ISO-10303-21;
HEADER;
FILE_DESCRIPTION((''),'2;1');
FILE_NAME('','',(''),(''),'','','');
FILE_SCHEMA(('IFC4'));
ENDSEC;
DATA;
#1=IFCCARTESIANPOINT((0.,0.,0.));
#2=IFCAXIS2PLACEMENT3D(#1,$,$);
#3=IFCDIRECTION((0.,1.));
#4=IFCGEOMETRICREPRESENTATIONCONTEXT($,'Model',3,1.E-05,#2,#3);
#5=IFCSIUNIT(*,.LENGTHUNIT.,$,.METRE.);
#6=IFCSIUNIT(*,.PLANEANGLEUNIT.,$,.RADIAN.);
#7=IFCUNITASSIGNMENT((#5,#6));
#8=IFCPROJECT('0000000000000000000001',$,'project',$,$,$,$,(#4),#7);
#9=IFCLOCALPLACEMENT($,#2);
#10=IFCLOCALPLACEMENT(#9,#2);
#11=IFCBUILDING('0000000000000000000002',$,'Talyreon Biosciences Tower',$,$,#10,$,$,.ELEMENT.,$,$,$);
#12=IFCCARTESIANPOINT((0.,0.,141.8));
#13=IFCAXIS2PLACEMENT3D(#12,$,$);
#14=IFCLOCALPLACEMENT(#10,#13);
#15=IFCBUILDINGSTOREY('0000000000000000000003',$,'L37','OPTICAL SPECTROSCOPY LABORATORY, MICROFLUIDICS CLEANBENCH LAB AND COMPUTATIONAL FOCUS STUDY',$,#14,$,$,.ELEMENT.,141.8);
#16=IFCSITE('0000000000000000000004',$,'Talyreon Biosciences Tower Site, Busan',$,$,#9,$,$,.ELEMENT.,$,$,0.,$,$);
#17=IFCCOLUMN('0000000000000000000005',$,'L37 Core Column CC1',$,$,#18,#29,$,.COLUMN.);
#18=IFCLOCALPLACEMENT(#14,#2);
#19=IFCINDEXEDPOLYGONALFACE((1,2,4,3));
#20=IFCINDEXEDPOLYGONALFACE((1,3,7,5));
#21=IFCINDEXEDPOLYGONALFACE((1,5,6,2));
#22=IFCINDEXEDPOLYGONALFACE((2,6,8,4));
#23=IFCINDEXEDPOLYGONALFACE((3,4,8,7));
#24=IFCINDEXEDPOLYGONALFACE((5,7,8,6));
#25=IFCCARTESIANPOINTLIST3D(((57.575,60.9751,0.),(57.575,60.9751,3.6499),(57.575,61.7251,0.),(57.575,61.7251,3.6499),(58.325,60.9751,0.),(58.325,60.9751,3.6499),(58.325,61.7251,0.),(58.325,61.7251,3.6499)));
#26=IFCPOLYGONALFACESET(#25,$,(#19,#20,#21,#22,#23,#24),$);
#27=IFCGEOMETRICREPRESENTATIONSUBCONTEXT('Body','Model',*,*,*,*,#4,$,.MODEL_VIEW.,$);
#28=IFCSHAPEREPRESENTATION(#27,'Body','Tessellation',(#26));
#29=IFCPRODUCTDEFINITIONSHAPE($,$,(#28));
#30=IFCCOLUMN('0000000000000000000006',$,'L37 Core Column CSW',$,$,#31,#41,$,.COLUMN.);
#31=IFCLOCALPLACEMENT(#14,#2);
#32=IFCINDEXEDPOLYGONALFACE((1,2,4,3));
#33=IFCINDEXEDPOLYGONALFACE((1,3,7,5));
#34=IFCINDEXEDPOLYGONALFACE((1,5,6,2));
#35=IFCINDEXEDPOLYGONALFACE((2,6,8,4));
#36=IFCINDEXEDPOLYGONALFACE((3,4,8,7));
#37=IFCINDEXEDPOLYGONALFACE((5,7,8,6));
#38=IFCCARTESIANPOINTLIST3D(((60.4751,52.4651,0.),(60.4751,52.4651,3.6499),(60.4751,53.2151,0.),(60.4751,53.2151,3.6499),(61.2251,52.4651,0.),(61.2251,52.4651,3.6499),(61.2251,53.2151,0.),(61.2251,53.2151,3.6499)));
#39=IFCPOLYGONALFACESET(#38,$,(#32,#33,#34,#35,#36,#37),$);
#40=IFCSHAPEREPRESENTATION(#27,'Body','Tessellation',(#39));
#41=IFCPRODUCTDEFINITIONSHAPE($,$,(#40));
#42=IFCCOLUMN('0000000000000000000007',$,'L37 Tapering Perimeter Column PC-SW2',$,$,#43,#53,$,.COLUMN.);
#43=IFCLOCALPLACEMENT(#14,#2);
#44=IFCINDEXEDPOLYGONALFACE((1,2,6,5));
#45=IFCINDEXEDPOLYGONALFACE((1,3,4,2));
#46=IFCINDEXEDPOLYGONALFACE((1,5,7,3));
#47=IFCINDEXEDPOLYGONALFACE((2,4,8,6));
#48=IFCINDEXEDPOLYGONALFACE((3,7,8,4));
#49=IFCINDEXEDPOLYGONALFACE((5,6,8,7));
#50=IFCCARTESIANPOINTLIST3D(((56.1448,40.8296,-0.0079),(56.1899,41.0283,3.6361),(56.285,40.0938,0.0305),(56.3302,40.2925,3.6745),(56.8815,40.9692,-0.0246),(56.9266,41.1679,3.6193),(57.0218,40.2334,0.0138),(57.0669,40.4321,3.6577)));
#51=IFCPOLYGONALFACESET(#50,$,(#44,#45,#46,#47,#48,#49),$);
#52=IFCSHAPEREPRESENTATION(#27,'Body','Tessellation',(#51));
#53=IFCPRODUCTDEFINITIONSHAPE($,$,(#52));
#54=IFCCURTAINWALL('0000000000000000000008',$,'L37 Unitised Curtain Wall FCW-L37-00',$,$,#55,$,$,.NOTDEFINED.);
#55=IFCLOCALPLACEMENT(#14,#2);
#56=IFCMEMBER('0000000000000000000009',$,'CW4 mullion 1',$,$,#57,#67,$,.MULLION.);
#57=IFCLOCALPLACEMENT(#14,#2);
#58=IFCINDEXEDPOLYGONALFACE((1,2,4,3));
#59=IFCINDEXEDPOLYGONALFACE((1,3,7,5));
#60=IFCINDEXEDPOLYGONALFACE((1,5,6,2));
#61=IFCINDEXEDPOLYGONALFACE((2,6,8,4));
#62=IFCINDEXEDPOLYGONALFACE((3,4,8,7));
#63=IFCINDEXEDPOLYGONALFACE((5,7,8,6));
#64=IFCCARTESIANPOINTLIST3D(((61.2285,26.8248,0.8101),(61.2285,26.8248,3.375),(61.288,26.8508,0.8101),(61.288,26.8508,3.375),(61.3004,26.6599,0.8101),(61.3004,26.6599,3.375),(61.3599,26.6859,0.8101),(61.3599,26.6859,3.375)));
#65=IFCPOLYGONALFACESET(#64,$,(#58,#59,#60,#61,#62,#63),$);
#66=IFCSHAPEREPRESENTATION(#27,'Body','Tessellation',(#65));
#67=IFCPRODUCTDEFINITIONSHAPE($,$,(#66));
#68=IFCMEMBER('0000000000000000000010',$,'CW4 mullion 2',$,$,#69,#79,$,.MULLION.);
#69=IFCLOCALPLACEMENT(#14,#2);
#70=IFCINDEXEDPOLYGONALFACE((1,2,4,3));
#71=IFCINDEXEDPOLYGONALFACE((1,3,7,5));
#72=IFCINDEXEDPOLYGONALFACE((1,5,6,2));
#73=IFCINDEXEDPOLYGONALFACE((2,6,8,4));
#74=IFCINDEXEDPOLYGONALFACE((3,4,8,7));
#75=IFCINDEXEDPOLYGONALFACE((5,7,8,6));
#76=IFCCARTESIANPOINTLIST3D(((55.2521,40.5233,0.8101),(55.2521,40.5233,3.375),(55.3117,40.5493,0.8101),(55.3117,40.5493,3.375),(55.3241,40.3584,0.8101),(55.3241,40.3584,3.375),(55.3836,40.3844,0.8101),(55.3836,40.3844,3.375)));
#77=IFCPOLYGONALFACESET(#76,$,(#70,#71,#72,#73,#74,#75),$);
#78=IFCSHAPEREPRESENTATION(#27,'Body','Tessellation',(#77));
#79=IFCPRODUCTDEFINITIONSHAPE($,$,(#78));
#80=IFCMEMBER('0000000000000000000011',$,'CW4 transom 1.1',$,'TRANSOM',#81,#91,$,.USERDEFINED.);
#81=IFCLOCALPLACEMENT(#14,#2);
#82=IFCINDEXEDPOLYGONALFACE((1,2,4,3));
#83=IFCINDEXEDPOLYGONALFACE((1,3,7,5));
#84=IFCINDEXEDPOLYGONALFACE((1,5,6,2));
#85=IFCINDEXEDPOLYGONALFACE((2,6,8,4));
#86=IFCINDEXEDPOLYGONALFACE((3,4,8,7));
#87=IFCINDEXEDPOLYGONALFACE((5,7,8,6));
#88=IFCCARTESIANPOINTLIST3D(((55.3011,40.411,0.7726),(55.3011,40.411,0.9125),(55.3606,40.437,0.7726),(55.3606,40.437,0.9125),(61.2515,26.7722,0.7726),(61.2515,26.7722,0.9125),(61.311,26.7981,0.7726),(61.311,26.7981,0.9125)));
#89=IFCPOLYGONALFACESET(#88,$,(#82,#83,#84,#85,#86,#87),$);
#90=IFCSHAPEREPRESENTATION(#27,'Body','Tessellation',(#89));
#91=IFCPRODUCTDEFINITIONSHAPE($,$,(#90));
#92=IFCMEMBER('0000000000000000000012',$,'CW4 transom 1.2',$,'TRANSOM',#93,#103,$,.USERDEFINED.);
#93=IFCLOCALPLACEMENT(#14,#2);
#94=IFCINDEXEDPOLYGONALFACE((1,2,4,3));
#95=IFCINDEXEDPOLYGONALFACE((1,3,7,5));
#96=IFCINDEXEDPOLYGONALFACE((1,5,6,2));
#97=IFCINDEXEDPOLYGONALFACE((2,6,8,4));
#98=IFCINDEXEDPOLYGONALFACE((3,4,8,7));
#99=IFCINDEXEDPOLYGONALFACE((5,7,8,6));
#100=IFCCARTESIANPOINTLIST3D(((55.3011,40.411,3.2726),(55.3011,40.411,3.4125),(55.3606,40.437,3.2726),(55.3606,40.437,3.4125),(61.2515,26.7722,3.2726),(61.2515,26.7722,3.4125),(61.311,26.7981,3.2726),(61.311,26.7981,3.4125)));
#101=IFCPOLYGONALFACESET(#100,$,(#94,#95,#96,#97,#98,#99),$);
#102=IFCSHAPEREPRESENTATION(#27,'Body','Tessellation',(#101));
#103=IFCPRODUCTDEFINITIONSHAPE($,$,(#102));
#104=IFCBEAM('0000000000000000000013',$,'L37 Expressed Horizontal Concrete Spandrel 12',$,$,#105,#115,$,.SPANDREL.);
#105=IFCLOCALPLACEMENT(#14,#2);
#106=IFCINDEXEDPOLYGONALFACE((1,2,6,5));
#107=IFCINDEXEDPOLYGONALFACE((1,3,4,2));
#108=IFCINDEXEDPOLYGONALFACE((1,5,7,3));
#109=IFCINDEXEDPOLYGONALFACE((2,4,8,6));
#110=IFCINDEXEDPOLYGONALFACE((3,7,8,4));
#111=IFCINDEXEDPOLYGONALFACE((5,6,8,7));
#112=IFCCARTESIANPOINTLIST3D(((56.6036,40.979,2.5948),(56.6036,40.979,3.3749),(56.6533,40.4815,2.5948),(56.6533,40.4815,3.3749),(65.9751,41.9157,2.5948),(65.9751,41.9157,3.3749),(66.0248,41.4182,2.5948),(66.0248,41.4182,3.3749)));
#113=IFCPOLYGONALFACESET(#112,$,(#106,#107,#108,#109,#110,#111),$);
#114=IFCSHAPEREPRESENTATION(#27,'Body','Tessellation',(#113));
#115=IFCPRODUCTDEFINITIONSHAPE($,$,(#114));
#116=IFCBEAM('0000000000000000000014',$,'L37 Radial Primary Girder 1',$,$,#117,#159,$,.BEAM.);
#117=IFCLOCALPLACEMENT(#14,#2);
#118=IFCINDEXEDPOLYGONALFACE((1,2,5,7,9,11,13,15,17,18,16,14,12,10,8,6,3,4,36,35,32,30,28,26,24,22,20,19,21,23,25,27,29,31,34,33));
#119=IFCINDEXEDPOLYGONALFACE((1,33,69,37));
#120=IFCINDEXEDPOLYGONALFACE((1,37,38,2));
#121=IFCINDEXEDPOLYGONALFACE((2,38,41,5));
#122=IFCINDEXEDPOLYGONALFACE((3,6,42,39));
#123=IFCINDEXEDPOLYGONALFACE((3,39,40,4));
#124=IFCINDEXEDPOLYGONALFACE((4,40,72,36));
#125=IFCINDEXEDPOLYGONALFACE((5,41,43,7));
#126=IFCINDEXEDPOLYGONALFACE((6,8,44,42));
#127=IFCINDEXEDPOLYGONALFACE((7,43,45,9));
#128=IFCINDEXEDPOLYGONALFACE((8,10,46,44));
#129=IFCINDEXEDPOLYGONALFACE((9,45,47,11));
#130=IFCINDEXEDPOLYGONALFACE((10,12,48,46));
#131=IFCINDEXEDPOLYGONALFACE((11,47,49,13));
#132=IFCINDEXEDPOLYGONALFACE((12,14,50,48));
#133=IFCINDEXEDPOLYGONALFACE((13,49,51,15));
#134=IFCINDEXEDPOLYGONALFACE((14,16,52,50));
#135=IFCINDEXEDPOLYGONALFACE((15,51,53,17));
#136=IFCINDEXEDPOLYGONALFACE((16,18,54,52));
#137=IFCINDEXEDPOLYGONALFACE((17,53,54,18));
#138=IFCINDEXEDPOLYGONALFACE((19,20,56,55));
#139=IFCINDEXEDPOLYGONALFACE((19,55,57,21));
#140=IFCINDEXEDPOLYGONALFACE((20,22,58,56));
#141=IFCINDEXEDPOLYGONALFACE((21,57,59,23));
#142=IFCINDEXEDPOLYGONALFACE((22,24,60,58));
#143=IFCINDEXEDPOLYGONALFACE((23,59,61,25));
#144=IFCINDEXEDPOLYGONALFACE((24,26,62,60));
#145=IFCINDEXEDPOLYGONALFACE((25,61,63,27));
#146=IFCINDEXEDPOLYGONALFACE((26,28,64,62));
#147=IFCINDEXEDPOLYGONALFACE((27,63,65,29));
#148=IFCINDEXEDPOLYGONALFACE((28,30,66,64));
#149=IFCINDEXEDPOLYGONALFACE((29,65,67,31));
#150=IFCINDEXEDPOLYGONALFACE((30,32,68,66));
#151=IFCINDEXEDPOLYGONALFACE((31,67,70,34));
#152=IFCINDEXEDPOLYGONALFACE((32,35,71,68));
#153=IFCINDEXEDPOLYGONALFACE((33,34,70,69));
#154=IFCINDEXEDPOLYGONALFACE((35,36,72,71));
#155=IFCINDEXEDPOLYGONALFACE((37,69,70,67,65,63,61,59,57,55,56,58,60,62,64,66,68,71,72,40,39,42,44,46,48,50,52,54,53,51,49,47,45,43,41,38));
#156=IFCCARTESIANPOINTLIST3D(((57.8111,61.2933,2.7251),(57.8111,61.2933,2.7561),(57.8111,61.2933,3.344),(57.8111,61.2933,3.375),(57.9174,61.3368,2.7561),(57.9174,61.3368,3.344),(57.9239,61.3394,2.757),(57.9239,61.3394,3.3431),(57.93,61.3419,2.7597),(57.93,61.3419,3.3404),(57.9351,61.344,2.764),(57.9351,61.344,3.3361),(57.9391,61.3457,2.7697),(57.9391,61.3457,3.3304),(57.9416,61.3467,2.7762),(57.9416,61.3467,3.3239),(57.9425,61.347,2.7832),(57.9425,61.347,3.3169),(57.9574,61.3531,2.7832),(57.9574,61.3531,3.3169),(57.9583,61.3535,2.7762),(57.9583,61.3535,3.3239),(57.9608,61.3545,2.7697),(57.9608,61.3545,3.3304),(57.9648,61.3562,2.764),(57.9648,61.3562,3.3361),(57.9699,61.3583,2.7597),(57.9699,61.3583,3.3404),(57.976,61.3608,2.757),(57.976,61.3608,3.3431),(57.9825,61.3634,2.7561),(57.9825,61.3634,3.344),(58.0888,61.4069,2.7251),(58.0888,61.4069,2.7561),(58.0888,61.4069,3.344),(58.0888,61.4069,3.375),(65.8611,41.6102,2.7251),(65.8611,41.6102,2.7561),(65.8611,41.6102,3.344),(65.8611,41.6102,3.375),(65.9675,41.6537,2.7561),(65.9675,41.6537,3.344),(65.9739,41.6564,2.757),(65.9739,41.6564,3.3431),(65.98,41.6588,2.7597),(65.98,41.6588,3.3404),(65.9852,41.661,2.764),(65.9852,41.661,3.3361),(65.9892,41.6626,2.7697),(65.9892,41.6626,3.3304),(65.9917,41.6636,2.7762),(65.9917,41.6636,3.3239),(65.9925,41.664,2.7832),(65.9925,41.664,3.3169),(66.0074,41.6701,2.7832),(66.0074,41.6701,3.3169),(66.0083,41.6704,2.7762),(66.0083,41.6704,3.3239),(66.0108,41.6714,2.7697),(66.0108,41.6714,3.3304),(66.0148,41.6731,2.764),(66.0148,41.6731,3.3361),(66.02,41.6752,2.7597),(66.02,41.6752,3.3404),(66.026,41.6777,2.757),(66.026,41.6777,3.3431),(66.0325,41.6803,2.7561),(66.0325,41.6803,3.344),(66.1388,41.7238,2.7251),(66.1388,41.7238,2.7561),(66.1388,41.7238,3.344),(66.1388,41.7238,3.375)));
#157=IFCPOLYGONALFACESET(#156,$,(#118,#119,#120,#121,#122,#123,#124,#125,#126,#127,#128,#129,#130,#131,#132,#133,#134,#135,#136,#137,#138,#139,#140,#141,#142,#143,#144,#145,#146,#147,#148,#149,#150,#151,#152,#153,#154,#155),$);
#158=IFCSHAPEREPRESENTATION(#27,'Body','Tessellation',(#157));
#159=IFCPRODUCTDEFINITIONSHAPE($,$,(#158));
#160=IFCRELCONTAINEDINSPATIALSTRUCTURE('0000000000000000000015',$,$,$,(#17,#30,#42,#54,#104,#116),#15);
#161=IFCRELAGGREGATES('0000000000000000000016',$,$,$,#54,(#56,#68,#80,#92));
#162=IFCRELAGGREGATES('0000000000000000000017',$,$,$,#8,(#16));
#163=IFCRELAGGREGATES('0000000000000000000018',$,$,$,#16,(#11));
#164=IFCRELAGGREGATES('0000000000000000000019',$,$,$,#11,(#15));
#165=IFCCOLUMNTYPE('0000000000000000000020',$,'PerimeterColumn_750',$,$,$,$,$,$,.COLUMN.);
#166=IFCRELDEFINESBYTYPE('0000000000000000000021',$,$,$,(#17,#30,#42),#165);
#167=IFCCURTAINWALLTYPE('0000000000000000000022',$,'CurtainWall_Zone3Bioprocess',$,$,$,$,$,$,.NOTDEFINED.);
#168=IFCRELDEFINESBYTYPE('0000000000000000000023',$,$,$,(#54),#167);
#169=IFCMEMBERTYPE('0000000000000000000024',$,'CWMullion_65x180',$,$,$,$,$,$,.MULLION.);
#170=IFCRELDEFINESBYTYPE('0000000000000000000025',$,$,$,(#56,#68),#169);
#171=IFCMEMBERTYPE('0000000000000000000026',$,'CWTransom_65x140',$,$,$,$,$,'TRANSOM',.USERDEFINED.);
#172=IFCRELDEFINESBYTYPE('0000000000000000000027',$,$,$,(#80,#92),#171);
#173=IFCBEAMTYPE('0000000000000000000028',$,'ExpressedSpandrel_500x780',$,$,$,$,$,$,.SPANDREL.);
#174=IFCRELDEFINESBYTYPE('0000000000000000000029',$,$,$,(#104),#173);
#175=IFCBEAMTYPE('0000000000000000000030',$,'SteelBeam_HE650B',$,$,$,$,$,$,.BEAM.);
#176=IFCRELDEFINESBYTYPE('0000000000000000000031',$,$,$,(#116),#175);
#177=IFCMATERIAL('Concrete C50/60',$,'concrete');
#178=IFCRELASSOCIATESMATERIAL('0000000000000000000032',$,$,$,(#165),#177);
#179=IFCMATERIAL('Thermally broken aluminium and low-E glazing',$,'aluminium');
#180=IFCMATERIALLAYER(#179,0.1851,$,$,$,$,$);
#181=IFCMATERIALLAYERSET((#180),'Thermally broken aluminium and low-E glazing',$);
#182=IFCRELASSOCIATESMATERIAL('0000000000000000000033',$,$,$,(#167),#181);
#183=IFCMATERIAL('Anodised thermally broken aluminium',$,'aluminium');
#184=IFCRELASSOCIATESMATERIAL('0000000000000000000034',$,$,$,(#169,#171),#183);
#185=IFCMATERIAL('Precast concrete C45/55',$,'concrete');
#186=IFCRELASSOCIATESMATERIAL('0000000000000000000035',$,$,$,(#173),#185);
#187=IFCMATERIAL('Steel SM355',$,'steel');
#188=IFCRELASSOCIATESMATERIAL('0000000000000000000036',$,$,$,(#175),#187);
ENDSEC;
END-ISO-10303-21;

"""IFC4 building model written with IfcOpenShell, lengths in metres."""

from ifc_helpers import new_model, si_unit, direction, frame, origin, origin_2d, place, context, subcontext, project, spatial, rectangle, i_section, extrude, material, layer, layer_set, material_profile, profile_set, type_object, element, aggregate, save


model = new_model("IFC4")

# Units and contexts
model_context = context("Model", 3, precision=1e-05, world=origin(), true_north=direction((0.0, 1.0)))
body_context = subcontext(model_context, "Body", "Model", "MODEL_VIEW")
ifc_project = project(units=[si_unit("LENGTHUNIT", "METRE"), si_unit("PLANEANGLEUNIT", "RADIAN")], contexts=[model_context])

# Site, building, storey
site_placement = place(None, origin())
site = spatial("IfcSite", under=ifc_project, at=site_placement, Name="Talyreon Biosciences Tower Site, Busan", CompositionType="ELEMENT", RefElevation=0.0)
building_placement = place(site_placement, origin())
building = spatial("IfcBuilding", under=site, at=building_placement, Name="Talyreon Biosciences Tower", CompositionType="ELEMENT")
storey_placement = place(building_placement, frame((0.0, 0.0, 141.8)))
storey = spatial("IfcBuildingStorey", under=building, at=storey_placement, Name="L37", Description="OPTICAL SPECTROSCOPY LABORATORY, MICROFLUIDICS CLEANBENCH LAB AND COMPUTATIONAL FOCUS STUDY", CompositionType="ELEMENT", Elevation=141.8)

# Columns
ifc_material_1 = material(Name="Concrete C50/60", Category="concrete")
ifc_material_profile_1 = material_profile(ifc_material_1, rectangle(XDim=0.75, YDim=0.75, at=origin_2d()), Name="RC 750x750")
ifc_profile_set_1 = profile_set([ifc_material_profile_1], Name="Concrete C50/60")
column_type = type_object("IfcColumnType", Name="PerimeterColumn_750", PredefinedType="COLUMN", material=ifc_profile_set_1)
for number, where, z_axis, x_axis, name in (
    (1, (57.95, 61.3501, 0.0), (0.0, 0.0, 1.0), (1.0, 0.0, 0.0), "L37 Core Column CC1"),
    (2, (60.8501, 52.8401, 0.0), (0.0, 0.0, 1.0), (1.0, 0.0, 0.0), "L37 Core Column CSW"),
):
    element("IfcColumn", number, at=place(storey_placement, frame(where, z_axis=z_axis, x_axis=x_axis)), inside=storey, type_object=column_type, Name=name, PredefinedType="COLUMN", context=body_context, shape_type="SweptSolid", body=[
        extrude(rectangle(XDim=0.75, YDim=0.75, at=origin_2d()), origin(), (0.0, 0.0, 1.0), 3.6499),
    ])
column_placement = place(storey_placement, frame((56.5833, 40.5315, 0.0029), z_axis=(0.012375, 0.054451, 0.99844), x_axis=(-0.187059, 0.981014, -0.051182)))
element("IfcColumn", 3, at=column_placement, inside=storey, type_object=column_type, Name="L37 Tapering Perimeter Column PC-SW2", PredefinedType="COLUMN", context=body_context, shape_type="SweptSolid", body=[
    extrude(rectangle(XDim=0.75, YDim=0.75, at=origin_2d()), origin(), (0.0, 0.0, 1.0), 3.6497),
])

# Curtain wall, members
ifc_material_2 = material(Name="Thermally broken aluminium and low-E glazing", Category="aluminium")
ifc_layer_1 = layer(ifc_material_2, 0.1851)
ifc_layer_set_1 = layer_set([ifc_layer_1], Name="Thermally broken aluminium and low-E glazing")
curtain_wall_type = type_object("IfcCurtainWallType", Name="CurtainWall_Zone3Bioprocess", PredefinedType="NOTDEFINED", material=ifc_layer_set_1)
curtain_wall_placement = place(storey_placement, origin())
curtain_wall = element("IfcCurtainWall", 4, at=curtain_wall_placement, inside=storey, type_object=curtain_wall_type, Name="L37 Unitised Curtain Wall FCW-L37-00", PredefinedType="NOTDEFINED")
ifc_material_3 = material(Name="Anodised thermally broken aluminium", Category="aluminium")
ifc_material_profile_2 = material_profile(ifc_material_3, rectangle(XDim=0.0649, YDim=0.1799, at=origin_2d()), Name="ALUM MULLION 65x180")
ifc_profile_set_2 = profile_set([ifc_material_profile_2], Name="Anodised thermally broken aluminium")
member_type_1 = type_object("IfcMemberType", Name="CWMullion_65x180", PredefinedType="MULLION", material=ifc_profile_set_2)
member_1_placement = place(storey_placement, frame((61.2942, 26.7554, 0.8101), z_axis=(0.0, 0.0, 1.0), x_axis=(-0.916566, -0.399882, 0.0)))
member_1 = element("IfcMember", 5, at=member_1_placement, type_object=member_type_1, Name="CW4 mullion 1", PredefinedType="MULLION", context=body_context, shape_type="SweptSolid", body=[
    extrude(rectangle(XDim=0.0649, YDim=0.1799, at=origin_2d()), origin(), (0.0, 0.0, 1.0), 2.5649),
])
member_2_placement = place(storey_placement, frame((55.3179, 40.4539, 0.8101), z_axis=(0.0, 0.0, 1.0), x_axis=(-0.916566, -0.399882, 0.0)))
member_2 = element("IfcMember", 6, at=member_2_placement, type_object=member_type_1, Name="CW4 mullion 2", PredefinedType="MULLION", context=body_context, shape_type="SweptSolid", body=[
    extrude(rectangle(XDim=0.0649, YDim=0.1799, at=origin_2d()), origin(), (0.0, 0.0, 1.0), 2.5649),
])
ifc_material_profile_3 = material_profile(ifc_material_3, rectangle(XDim=0.0649, YDim=0.1399, at=origin_2d()), Name="ALUM TRANSOM 65x140")
ifc_profile_set_3 = profile_set([ifc_material_profile_3], Name="Anodised thermally broken aluminium")
member_type_2 = type_object("IfcMemberType", Name="CWTransom_65x140", ElementType="TRANSOM", PredefinedType="USERDEFINED", material=ifc_profile_set_3)
member_3_placement = place(storey_placement, frame((61.2812, 26.7852, 0.8425), z_axis=(-0.399883, 0.916566, 0.0), x_axis=(-0.916566, -0.399883, 0.0)))
member_3 = element("IfcMember", 7, at=member_3_placement, type_object=member_type_2, Name="CW4 transom 1.1", ObjectType="TRANSOM", PredefinedType="USERDEFINED", context=body_context, shape_type="SweptSolid", body=[
    extrude(rectangle(XDim=0.0649, YDim=0.1399, at=origin_2d()), origin(), (0.0, 0.0, 1.0), 14.8804),
])
member_4_placement = place(storey_placement, frame((61.2812, 26.7852, 3.3425), z_axis=(-0.399883, 0.916566, 0.0), x_axis=(-0.916566, -0.399883, 0.0)))
member_4 = element("IfcMember", 8, at=member_4_placement, type_object=member_type_2, Name="CW4 transom 1.2", ObjectType="TRANSOM", PredefinedType="USERDEFINED", context=body_context, shape_type="SweptSolid", body=[
    extrude(rectangle(XDim=0.0649, YDim=0.1399, at=origin_2d()), origin(), (0.0, 0.0, 1.0), 14.8804),
])

# Beams
ifc_material_4 = material(Name="Precast concrete C45/55", Category="concrete")
ifc_material_profile_4 = material_profile(ifc_material_4, rectangle(XDim=0.5, YDim=0.78, at=origin_2d()), Name="RCB 500x780")
ifc_profile_set_4 = profile_set([ifc_material_profile_4], Name="Precast concrete C45/55")
beam_type_1 = type_object("IfcBeamType", Name="ExpressedSpandrel_500x780", PredefinedType="SPANDREL", material=ifc_profile_set_4)
beam_1_placement = place(storey_placement, frame((56.6284, 40.7302, 2.9849), z_axis=(0.995041, 0.099463, 0.0), x_axis=(-0.099463, 0.995041, 0.0)))
element("IfcBeam", 9, at=beam_1_placement, inside=storey, type_object=beam_type_1, Name="L37 Expressed Horizontal Concrete Spandrel 12", PredefinedType="SPANDREL", context=body_context, shape_type="SweptSolid", body=[
    extrude(rectangle(XDim=0.5, YDim=0.78, at=origin_2d()), origin(), (0.0, 0.0, 1.0), 9.4182),
])
ifc_material_5 = material(Name="Steel SM355", Category="steel")
ifc_material_profile_5 = material_profile(ifc_material_5, i_section(OverallWidth=0.3, OverallDepth=0.6499, WebThickness=0.0161, FlangeThickness=0.031, FilletRadius=0.0271, at=origin_2d()), Name="HE650B")
ifc_profile_set_5 = profile_set([ifc_material_profile_5], Name="Steel SM355")
beam_type_2 = type_object("IfcBeamType", Name="SteelBeam_HE650B", PredefinedType="BEAM", material=ifc_profile_set_5)
beam_2_placement = place(storey_placement, frame((57.95, 61.3501, 3.05), z_axis=(0.378547, -0.925582, 0.0), x_axis=(0.925582, 0.378547, 0.0)))
element("IfcBeam", 10, at=beam_2_placement, inside=storey, type_object=beam_type_2, Name="L37 Radial Primary Girder 1", PredefinedType="BEAM", context=body_context, shape_type="SweptSolid", body=[
    extrude(i_section(OverallWidth=0.3, OverallDepth=0.6499, WebThickness=0.0161, FlangeThickness=0.031, FilletRadius=0.0271, at=origin_2d()), origin(), (0.0, 0.0, 1.0), 21.2656),
])

aggregate(curtain_wall, [member_1, member_2, member_3, member_4])

save(model, "model.ifc")
